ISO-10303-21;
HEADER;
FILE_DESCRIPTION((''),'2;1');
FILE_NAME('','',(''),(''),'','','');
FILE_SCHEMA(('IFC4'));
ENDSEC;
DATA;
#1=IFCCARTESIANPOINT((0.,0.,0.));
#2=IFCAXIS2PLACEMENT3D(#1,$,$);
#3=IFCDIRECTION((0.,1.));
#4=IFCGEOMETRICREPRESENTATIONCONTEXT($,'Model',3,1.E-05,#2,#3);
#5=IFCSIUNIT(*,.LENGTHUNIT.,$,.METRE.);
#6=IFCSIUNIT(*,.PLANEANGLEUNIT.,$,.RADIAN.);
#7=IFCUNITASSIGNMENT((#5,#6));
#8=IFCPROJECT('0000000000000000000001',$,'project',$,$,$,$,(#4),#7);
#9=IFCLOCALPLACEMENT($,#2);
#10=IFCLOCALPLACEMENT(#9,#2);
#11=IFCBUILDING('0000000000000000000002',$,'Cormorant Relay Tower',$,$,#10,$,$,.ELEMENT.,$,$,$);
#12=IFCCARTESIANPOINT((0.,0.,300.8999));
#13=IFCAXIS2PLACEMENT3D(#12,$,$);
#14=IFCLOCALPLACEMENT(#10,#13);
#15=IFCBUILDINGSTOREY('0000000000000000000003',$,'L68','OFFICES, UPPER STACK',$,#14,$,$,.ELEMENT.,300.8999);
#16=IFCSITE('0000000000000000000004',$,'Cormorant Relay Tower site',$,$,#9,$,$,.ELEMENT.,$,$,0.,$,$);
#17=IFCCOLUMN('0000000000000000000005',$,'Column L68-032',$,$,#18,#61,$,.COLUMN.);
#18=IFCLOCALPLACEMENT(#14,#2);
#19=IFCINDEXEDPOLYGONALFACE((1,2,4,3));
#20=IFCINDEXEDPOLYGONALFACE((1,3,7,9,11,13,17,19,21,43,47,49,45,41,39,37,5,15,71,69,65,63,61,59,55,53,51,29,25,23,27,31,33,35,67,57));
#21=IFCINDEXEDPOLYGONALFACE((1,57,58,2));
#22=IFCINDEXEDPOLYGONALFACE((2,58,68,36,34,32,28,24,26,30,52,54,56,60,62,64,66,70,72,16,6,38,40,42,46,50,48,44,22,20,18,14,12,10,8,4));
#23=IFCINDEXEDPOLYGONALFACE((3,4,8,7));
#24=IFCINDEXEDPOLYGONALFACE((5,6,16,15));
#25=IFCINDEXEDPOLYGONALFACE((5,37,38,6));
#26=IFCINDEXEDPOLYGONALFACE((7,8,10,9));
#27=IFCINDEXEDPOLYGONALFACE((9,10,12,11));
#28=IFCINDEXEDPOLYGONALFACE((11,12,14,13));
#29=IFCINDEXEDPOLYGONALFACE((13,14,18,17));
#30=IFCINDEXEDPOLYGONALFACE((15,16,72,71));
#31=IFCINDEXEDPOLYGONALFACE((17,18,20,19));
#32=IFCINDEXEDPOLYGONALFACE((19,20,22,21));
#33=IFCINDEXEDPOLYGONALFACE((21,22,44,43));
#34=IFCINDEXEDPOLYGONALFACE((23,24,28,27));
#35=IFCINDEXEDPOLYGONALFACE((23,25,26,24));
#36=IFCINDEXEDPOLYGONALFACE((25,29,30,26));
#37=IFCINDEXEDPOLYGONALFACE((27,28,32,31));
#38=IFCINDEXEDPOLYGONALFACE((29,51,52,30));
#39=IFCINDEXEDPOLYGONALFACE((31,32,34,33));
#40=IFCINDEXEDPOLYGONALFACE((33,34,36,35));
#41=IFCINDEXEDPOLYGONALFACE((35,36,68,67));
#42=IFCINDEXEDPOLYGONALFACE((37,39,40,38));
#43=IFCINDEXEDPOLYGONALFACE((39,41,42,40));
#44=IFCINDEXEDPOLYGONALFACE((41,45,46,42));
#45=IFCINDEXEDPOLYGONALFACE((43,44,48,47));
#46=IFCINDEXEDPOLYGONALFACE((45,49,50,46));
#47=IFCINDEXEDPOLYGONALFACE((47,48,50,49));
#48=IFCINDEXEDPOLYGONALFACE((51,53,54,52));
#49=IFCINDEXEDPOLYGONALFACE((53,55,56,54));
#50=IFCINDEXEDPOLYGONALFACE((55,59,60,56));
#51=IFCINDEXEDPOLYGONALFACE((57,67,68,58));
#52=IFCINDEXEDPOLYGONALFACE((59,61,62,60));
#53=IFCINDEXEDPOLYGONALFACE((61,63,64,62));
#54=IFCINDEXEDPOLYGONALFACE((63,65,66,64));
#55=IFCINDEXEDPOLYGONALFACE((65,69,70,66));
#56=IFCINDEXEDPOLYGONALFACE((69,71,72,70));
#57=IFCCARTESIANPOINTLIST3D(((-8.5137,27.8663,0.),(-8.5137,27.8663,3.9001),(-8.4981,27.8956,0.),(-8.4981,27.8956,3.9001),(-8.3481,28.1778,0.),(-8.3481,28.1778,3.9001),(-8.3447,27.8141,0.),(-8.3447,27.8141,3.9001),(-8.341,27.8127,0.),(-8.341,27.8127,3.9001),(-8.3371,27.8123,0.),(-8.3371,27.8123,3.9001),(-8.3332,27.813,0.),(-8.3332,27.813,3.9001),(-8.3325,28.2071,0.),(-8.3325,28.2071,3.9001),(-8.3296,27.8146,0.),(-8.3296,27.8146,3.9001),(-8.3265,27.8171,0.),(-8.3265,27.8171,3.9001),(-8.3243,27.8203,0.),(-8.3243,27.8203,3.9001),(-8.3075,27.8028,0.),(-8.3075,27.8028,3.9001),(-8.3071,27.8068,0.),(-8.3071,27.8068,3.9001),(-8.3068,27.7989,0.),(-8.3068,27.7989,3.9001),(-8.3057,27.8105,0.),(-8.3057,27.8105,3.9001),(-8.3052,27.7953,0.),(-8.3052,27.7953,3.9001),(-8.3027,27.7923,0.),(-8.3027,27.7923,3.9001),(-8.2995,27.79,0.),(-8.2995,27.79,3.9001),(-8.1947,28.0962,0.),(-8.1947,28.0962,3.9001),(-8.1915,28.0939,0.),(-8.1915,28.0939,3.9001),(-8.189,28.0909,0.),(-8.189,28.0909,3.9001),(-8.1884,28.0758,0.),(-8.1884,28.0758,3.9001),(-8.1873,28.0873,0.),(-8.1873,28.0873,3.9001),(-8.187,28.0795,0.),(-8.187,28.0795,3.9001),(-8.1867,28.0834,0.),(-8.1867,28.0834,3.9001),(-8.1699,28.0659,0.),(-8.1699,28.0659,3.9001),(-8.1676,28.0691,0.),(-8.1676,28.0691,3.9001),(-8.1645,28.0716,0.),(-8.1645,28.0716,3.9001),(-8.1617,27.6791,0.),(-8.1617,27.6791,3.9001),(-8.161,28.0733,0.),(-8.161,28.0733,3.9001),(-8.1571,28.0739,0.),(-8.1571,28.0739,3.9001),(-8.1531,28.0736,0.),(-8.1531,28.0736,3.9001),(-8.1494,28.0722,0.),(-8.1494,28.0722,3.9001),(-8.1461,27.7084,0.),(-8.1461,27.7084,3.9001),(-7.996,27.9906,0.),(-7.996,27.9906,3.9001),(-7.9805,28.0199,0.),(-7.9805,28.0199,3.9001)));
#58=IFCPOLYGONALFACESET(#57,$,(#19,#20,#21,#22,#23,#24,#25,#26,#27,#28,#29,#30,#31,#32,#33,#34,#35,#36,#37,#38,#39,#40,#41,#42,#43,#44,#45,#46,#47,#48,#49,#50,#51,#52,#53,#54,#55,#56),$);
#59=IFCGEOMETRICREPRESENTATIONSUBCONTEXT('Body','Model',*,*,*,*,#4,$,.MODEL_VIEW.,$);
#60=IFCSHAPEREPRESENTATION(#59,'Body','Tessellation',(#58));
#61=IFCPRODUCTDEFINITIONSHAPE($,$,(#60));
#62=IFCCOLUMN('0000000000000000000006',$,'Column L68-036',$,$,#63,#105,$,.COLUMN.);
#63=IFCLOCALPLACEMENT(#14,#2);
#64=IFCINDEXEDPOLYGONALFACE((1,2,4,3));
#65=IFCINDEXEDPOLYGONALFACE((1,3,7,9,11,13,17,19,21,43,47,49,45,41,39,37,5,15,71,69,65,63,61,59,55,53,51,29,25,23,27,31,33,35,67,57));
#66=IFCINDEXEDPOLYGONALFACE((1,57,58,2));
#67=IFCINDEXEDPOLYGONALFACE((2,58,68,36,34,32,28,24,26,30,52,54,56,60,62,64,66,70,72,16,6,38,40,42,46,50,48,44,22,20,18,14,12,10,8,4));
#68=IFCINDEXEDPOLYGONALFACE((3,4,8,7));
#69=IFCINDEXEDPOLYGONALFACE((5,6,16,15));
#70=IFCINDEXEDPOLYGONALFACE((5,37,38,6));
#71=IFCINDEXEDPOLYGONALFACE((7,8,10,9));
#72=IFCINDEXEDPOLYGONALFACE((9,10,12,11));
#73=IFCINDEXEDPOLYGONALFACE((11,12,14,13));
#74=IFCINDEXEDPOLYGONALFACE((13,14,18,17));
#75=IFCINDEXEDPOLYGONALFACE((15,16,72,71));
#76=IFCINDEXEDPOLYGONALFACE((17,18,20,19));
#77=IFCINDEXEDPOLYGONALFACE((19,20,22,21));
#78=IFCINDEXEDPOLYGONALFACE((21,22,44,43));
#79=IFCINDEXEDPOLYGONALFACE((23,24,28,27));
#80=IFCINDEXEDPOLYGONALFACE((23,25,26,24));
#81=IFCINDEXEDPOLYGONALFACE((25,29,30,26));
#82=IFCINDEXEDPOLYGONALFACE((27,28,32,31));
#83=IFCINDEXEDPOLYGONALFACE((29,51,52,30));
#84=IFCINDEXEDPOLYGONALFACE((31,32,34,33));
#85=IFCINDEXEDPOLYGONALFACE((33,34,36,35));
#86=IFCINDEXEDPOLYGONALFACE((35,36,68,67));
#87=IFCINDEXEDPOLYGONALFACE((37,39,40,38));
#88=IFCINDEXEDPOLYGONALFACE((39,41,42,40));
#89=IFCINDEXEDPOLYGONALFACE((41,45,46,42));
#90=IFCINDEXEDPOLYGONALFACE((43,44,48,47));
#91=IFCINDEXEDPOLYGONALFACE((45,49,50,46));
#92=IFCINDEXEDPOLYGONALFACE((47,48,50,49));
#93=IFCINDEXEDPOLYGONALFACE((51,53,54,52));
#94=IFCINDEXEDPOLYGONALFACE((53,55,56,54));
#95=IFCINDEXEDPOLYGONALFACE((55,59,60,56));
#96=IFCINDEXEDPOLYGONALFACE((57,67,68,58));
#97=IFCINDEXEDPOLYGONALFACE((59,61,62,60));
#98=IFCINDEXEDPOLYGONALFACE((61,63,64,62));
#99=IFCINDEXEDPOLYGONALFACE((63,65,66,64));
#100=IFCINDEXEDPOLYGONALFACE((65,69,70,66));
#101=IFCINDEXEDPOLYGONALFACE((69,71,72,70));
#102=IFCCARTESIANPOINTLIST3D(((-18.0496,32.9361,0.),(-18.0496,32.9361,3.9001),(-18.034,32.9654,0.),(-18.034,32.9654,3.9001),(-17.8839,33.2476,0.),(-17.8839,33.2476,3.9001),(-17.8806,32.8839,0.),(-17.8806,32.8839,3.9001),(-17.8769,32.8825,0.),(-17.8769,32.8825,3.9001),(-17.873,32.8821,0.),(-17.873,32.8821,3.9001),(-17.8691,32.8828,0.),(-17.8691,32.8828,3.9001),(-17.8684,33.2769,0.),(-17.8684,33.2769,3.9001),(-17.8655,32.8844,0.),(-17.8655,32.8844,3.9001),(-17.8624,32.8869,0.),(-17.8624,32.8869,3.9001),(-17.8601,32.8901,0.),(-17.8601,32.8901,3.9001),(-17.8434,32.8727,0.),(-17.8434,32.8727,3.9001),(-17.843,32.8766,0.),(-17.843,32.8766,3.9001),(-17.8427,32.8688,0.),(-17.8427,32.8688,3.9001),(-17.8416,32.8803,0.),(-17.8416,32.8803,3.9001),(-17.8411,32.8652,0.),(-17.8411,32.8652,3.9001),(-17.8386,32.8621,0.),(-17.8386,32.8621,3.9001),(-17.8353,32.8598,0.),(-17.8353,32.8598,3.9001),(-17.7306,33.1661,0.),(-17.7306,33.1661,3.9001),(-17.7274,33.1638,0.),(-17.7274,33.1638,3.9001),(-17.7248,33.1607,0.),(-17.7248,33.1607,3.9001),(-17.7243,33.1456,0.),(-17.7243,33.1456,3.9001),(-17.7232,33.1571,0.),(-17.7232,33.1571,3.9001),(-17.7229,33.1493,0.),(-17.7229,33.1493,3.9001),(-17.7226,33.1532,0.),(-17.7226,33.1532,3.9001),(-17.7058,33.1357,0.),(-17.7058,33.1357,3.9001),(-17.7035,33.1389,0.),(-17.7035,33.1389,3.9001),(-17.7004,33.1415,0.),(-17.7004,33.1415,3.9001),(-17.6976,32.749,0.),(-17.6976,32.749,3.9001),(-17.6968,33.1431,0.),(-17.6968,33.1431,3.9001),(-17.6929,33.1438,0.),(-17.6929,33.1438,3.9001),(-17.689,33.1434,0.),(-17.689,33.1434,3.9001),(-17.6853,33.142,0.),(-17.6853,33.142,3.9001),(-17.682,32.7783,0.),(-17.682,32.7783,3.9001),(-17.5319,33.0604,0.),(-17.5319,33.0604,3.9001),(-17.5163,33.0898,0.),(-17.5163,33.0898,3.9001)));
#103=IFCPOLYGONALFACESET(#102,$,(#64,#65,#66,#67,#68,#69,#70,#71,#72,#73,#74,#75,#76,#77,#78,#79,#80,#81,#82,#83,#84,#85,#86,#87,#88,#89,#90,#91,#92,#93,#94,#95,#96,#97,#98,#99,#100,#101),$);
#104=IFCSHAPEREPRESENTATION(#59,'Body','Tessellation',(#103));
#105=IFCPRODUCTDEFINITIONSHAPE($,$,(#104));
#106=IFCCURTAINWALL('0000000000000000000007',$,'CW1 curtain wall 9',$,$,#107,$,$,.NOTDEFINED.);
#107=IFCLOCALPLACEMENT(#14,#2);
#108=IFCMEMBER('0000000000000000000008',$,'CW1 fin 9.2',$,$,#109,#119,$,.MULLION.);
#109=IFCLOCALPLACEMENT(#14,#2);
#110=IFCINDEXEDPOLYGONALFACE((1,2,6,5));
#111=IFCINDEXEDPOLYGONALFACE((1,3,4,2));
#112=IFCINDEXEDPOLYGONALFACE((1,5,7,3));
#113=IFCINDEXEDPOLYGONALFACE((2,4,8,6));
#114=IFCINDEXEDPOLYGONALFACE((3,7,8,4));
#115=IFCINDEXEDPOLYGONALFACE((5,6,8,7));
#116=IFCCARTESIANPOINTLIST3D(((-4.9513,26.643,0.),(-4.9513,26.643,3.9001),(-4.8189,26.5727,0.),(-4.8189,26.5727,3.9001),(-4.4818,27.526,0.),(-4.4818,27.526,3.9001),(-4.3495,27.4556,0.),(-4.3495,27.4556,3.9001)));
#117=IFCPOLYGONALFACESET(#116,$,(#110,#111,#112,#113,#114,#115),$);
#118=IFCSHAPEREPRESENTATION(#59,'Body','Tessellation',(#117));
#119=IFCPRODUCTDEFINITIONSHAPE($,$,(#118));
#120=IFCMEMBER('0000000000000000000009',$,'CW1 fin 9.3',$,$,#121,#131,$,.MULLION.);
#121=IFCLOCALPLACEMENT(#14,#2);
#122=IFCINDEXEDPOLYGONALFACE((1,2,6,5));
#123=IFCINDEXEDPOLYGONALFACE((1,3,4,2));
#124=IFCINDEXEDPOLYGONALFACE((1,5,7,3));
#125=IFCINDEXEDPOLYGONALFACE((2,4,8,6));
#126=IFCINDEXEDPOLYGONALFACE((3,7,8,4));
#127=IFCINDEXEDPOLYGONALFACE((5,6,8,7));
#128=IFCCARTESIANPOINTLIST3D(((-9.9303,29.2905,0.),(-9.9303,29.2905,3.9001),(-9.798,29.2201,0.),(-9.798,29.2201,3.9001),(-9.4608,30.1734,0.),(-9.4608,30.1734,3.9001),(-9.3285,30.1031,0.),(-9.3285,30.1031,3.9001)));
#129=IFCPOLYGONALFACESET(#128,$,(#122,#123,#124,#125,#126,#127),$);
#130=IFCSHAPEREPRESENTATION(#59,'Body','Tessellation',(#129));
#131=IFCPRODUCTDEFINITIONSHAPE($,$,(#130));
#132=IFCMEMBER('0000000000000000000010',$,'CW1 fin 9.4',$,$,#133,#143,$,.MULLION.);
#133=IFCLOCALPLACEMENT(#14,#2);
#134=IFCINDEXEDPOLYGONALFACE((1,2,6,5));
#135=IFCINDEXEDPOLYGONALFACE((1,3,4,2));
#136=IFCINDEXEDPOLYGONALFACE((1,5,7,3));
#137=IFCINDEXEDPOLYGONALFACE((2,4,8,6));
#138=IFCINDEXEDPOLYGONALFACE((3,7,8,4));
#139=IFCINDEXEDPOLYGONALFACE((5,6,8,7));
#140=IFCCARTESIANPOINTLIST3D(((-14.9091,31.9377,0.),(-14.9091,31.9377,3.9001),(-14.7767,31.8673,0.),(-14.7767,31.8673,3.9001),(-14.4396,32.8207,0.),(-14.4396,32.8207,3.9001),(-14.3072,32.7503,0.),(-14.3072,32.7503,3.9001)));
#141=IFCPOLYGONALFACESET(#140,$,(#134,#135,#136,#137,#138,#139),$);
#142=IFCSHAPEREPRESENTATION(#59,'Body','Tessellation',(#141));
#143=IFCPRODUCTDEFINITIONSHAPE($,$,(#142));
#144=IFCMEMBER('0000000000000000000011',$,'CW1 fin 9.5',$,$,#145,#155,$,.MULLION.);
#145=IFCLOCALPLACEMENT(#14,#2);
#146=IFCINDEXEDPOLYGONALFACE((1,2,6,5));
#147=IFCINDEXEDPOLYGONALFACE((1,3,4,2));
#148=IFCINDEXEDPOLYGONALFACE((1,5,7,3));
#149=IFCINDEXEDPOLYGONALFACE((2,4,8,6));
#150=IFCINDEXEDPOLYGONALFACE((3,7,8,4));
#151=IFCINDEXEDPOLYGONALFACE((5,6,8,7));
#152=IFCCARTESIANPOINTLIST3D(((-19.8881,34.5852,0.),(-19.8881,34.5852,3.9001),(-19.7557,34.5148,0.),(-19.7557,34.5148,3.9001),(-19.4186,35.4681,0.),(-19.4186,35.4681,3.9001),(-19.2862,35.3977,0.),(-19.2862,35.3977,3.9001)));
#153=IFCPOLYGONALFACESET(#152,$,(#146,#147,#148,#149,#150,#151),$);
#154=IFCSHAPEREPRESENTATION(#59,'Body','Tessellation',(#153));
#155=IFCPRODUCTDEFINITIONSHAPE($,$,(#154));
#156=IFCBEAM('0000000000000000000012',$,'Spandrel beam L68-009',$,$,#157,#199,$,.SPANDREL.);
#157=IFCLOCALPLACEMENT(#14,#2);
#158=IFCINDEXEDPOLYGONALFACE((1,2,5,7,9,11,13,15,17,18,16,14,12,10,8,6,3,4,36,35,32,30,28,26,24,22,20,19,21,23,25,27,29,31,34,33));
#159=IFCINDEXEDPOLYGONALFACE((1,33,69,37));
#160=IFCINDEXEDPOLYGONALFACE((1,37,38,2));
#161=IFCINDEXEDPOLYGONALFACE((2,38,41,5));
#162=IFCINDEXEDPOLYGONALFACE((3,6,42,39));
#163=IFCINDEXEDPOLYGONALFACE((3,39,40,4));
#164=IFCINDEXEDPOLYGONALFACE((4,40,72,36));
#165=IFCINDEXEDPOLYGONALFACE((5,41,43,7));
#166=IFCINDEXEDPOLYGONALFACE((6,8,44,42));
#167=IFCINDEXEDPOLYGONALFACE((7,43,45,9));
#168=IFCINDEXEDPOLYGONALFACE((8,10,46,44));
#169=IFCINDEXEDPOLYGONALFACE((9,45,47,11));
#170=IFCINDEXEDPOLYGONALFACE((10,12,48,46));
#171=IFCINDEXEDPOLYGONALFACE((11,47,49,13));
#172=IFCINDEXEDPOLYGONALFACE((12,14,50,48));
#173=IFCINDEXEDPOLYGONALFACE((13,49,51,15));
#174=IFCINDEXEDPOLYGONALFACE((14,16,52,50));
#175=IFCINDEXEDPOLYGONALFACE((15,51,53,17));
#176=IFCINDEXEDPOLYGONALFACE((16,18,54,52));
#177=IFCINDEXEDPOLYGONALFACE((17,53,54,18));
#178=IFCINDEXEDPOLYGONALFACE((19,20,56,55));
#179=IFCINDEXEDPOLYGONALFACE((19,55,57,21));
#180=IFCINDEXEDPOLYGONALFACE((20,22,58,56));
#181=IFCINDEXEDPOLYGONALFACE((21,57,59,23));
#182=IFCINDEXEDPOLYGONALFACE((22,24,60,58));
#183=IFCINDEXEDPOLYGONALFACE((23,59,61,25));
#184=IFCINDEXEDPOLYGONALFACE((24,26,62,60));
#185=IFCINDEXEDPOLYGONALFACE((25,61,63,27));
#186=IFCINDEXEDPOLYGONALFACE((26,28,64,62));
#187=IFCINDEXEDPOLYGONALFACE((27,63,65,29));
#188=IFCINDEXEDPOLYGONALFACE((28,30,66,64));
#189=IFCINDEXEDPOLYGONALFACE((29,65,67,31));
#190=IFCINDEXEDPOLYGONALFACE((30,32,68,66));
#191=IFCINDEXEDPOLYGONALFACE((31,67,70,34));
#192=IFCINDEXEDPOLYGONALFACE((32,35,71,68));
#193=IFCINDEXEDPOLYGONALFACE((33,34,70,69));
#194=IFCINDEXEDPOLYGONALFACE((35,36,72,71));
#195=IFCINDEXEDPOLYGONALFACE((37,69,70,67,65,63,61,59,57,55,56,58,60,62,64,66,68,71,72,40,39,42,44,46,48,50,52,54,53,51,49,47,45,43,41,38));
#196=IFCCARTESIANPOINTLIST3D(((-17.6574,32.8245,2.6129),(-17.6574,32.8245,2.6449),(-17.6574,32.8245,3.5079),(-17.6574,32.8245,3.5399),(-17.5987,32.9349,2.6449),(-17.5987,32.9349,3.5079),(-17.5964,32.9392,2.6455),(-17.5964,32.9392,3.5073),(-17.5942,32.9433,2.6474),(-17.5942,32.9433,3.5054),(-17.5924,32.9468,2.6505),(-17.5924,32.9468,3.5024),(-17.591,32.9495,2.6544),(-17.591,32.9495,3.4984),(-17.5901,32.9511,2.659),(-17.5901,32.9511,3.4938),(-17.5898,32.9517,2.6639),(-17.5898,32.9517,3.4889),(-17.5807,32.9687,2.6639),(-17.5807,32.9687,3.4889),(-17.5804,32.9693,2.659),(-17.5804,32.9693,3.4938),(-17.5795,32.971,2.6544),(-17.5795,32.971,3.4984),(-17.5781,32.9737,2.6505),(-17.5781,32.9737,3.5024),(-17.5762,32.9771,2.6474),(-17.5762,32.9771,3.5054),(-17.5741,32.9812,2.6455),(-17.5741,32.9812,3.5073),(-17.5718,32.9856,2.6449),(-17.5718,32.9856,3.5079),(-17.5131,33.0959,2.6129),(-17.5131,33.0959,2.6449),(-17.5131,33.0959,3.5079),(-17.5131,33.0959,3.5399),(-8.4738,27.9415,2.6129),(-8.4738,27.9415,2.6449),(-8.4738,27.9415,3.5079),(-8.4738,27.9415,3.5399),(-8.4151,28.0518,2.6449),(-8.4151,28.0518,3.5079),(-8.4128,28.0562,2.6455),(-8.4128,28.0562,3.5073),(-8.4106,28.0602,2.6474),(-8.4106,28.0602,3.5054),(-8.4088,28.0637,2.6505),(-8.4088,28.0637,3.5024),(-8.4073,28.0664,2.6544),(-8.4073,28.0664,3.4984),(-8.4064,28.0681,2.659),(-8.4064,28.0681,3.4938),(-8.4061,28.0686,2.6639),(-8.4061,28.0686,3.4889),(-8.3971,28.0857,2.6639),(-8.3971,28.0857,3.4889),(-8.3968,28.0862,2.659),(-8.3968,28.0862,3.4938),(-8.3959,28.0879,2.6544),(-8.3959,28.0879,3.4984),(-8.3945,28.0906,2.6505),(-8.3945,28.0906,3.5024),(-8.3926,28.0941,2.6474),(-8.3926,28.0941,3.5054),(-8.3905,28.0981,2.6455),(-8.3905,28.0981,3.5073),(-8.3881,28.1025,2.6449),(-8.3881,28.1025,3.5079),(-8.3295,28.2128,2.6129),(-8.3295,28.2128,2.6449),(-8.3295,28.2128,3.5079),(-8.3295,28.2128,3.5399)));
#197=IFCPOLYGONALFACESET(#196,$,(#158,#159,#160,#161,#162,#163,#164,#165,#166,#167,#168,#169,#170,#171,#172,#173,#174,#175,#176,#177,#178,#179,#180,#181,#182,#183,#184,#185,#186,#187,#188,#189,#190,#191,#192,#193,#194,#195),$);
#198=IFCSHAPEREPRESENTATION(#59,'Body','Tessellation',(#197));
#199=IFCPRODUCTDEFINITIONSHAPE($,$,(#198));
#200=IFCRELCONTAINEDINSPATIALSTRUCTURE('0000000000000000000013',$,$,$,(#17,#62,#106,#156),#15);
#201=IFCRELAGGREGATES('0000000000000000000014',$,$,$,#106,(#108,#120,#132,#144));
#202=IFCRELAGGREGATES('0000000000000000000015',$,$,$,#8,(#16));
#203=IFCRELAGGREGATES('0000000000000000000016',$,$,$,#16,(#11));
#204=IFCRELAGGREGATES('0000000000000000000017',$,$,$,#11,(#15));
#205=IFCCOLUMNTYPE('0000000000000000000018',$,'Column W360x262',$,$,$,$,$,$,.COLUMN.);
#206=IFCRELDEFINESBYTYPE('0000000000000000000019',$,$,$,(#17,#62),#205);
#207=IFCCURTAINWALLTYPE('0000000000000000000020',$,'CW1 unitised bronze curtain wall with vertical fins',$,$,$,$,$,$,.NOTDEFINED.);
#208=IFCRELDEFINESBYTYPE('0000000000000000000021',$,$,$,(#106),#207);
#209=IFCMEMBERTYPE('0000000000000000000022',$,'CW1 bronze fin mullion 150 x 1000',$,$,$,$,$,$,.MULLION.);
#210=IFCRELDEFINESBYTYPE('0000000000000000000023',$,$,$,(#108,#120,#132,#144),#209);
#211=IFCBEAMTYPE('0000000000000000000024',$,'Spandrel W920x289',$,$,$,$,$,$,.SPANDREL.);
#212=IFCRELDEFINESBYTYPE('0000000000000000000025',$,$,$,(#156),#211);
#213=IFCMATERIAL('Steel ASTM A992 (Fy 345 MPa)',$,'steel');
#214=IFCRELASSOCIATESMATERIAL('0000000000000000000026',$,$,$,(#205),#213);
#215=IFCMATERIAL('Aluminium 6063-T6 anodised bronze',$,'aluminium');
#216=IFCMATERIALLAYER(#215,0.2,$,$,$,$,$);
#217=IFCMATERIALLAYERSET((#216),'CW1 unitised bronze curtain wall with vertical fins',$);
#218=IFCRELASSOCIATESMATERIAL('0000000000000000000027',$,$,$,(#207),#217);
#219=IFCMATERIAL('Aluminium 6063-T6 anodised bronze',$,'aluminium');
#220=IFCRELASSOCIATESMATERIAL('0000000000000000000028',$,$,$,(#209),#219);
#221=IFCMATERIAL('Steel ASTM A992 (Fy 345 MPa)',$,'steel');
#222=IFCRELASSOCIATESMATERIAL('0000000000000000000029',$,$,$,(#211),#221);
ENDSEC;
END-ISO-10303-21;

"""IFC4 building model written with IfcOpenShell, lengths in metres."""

from ifc_helpers import new_model, si_unit, direction, frame, origin, origin_2d, place, context, subcontext, project, spatial, rectangle, i_section, extrude, material, layer, layer_set, material_profile, profile_set, type_object, element, aggregate, save


model = new_model("IFC4")

# Units and contexts
model_context = context("Model", 3, precision=1e-05, world=origin(), true_north=direction((0.0, 1.0)))
body_context = subcontext(model_context, "Body", "Model", "MODEL_VIEW")
ifc_project = project(units=[si_unit("LENGTHUNIT", "METRE"), si_unit("PLANEANGLEUNIT", "RADIAN")], contexts=[model_context])

# Site, building, storey
site_placement = place(None, origin())
site = spatial("IfcSite", under=ifc_project, at=site_placement, Name="Cormorant Relay Tower site", CompositionType="ELEMENT", RefElevation=0.0)
building_placement = place(site_placement, origin())
building = spatial("IfcBuilding", under=site, at=building_placement, Name="Cormorant Relay Tower", CompositionType="ELEMENT")
storey_placement = place(building_placement, frame((0.0, 0.0, 300.8999)))
storey = spatial("IfcBuildingStorey", under=building, at=storey_placement, Name="L68", Description="OFFICES, UPPER STACK", CompositionType="ELEMENT", Elevation=300.8999)

# Columns
ifc_material_1 = material(Name="Steel ASTM A992 (Fy 345 MPa)", Category="steel")
ifc_material_profile_1 = material_profile(ifc_material_1, i_section(OverallWidth=0.3987, OverallDepth=0.386, WebThickness=0.021, FlangeThickness=0.0332, FilletRadius=0.0151, at=origin_2d()), Name="W360x262")
ifc_profile_set_1 = profile_set([ifc_material_profile_1], Name="Steel ASTM A992 (Fy 345 MPa)")
column_type = type_object("IfcColumnType", Name="Column W360x262", PredefinedType="COLUMN", material=ifc_profile_set_1)
for number, where, z_axis, x_axis, name in (
    (1, (-8.2471, 27.9431, 0.0), (0.0, 0.0, 1.0), (-0.882948, 0.469472, 0.0), "Column L68-032"),
    (2, (-17.783, 33.0129, 0.0), (0.0, 0.0, 1.0), (-0.882948, 0.469472, 0.0), "Column L68-036"),
):
    element("IfcColumn", number, at=place(storey_placement, frame(where, z_axis=z_axis, x_axis=x_axis)), inside=storey, type_object=column_type, Name=name, PredefinedType="COLUMN", context=body_context, shape_type="SweptSolid", body=[
        extrude(i_section(OverallWidth=0.3987, OverallDepth=0.386, WebThickness=0.021, FlangeThickness=0.0332, FilletRadius=0.0151, at=origin_2d()), origin(), (0.0, 0.0, 1.0), 3.9001),
    ])

# Curtain wall, members
ifc_material_2 = material(Name="Aluminium 6063-T6 anodised bronze", Category="aluminium")
ifc_layer_1 = layer(ifc_material_2, 0.2)
ifc_layer_set_1 = layer_set([ifc_layer_1], Name="CW1 unitised bronze curtain wall with vertical fins")
curtain_wall_type = type_object("IfcCurtainWallType", Name="CW1 unitised bronze curtain wall with vertical fins", PredefinedType="NOTDEFINED", material=ifc_layer_set_1)
curtain_wall_placement = place(storey_placement, origin())
curtain_wall = element("IfcCurtainWall", 3, at=curtain_wall_placement, inside=storey, type_object=curtain_wall_type, Name="CW1 curtain wall 9", PredefinedType="NOTDEFINED")
ifc_material_3 = material(Name="Aluminium 6063-T6 anodised bronze", Category="aluminium")
ifc_material_profile_2 = material_profile(ifc_material_3, rectangle(XDim=0.1499, YDim=1.0, at=origin_2d()), Name="AL 150x1000")
ifc_profile_set_2 = profile_set([ifc_material_profile_2], Name="Aluminium 6063-T6 anodised bronze")
member_type = type_object("IfcMemberType", Name="CW1 bronze fin mullion 150 x 1000", PredefinedType="MULLION", material=ifc_profile_set_2)
member_1_placement = place(storey_placement, frame((-4.6504, 27.0493, 0.0), z_axis=(0.0, 0.0, 1.0), x_axis=(-0.882948, 0.469472, 0.0)))
member_1 = element("IfcMember", 4, at=member_1_placement, type_object=member_type, Name="CW1 fin 9.2", PredefinedType="MULLION", context=body_context, shape_type="SweptSolid", body=[
    extrude(rectangle(XDim=0.1499, YDim=1.0, at=origin_2d()), origin(), (0.0, 0.0, 1.0), 3.9001),
])
member_2_placement = place(storey_placement, frame((-9.6294, 29.6968, 0.0), z_axis=(0.0, 0.0, 1.0), x_axis=(-0.882948, 0.469472, 0.0)))
member_2 = element("IfcMember", 5, at=member_2_placement, type_object=member_type, Name="CW1 fin 9.3", PredefinedType="MULLION", context=body_context, shape_type="SweptSolid", body=[
    extrude(rectangle(XDim=0.1499, YDim=1.0, at=origin_2d()), origin(), (0.0, 0.0, 1.0), 3.9001),
])
member_3_placement = place(storey_placement, frame((-14.6082, 32.344, 0.0), z_axis=(0.0, 0.0, 1.0), x_axis=(-0.882948, 0.469472, 0.0)))
member_3 = element("IfcMember", 6, at=member_3_placement, type_object=member_type, Name="CW1 fin 9.4", PredefinedType="MULLION", context=body_context, shape_type="SweptSolid", body=[
    extrude(rectangle(XDim=0.1499, YDim=1.0, at=origin_2d()), origin(), (0.0, 0.0, 1.0), 3.9001),
])
member_4_placement = place(storey_placement, frame((-19.5872, 34.9915, 0.0), z_axis=(0.0, 0.0, 1.0), x_axis=(-0.882948, 0.469472, 0.0)))
member_4 = element("IfcMember", 7, at=member_4_placement, type_object=member_type, Name="CW1 fin 9.5", PredefinedType="MULLION", context=body_context, shape_type="SweptSolid", body=[
    extrude(rectangle(XDim=0.1499, YDim=1.0, at=origin_2d()), origin(), (0.0, 0.0, 1.0), 3.9001),
])

# Beam
ifc_material_4 = material(Name="Steel ASTM A992 (Fy 345 MPa)", Category="steel")
ifc_material_profile_3 = material_profile(ifc_material_4, i_section(OverallWidth=0.3074, OverallDepth=0.927, WebThickness=0.0193, FlangeThickness=0.032, FilletRadius=0.019, at=origin_2d()), Name="W920x289")
ifc_profile_set_3 = profile_set([ifc_material_profile_3], Name="Steel ASTM A992 (Fy 345 MPa)")
beam_type_1 = type_object("IfcBeamType", Name="Spandrel W920x289", PredefinedType="SPANDREL", material=ifc_profile_set_3)
beam_1_placement = place(storey_placement, frame((-8.4016, 28.0771, 3.0764), z_axis=(-0.882945, 0.469476, 0.0), x_axis=(-0.469476, -0.882945, 0.0)))
element("IfcBeam", 8, at=beam_1_placement, inside=storey, type_object=beam_type_1, Name="Spandrel beam L68-009", PredefinedType="SPANDREL", context=body_context, shape_type="SweptSolid", body=[
    extrude(i_section(OverallWidth=0.3074, OverallDepth=0.927, WebThickness=0.0193, FlangeThickness=0.032, FilletRadius=0.019, at=origin_2d()), origin(), (0.0, 0.0, 1.0), 10.4011),
])

aggregate(curtain_wall, [member_1, member_2, member_3, member_4])

save(model, "model.ifc")
